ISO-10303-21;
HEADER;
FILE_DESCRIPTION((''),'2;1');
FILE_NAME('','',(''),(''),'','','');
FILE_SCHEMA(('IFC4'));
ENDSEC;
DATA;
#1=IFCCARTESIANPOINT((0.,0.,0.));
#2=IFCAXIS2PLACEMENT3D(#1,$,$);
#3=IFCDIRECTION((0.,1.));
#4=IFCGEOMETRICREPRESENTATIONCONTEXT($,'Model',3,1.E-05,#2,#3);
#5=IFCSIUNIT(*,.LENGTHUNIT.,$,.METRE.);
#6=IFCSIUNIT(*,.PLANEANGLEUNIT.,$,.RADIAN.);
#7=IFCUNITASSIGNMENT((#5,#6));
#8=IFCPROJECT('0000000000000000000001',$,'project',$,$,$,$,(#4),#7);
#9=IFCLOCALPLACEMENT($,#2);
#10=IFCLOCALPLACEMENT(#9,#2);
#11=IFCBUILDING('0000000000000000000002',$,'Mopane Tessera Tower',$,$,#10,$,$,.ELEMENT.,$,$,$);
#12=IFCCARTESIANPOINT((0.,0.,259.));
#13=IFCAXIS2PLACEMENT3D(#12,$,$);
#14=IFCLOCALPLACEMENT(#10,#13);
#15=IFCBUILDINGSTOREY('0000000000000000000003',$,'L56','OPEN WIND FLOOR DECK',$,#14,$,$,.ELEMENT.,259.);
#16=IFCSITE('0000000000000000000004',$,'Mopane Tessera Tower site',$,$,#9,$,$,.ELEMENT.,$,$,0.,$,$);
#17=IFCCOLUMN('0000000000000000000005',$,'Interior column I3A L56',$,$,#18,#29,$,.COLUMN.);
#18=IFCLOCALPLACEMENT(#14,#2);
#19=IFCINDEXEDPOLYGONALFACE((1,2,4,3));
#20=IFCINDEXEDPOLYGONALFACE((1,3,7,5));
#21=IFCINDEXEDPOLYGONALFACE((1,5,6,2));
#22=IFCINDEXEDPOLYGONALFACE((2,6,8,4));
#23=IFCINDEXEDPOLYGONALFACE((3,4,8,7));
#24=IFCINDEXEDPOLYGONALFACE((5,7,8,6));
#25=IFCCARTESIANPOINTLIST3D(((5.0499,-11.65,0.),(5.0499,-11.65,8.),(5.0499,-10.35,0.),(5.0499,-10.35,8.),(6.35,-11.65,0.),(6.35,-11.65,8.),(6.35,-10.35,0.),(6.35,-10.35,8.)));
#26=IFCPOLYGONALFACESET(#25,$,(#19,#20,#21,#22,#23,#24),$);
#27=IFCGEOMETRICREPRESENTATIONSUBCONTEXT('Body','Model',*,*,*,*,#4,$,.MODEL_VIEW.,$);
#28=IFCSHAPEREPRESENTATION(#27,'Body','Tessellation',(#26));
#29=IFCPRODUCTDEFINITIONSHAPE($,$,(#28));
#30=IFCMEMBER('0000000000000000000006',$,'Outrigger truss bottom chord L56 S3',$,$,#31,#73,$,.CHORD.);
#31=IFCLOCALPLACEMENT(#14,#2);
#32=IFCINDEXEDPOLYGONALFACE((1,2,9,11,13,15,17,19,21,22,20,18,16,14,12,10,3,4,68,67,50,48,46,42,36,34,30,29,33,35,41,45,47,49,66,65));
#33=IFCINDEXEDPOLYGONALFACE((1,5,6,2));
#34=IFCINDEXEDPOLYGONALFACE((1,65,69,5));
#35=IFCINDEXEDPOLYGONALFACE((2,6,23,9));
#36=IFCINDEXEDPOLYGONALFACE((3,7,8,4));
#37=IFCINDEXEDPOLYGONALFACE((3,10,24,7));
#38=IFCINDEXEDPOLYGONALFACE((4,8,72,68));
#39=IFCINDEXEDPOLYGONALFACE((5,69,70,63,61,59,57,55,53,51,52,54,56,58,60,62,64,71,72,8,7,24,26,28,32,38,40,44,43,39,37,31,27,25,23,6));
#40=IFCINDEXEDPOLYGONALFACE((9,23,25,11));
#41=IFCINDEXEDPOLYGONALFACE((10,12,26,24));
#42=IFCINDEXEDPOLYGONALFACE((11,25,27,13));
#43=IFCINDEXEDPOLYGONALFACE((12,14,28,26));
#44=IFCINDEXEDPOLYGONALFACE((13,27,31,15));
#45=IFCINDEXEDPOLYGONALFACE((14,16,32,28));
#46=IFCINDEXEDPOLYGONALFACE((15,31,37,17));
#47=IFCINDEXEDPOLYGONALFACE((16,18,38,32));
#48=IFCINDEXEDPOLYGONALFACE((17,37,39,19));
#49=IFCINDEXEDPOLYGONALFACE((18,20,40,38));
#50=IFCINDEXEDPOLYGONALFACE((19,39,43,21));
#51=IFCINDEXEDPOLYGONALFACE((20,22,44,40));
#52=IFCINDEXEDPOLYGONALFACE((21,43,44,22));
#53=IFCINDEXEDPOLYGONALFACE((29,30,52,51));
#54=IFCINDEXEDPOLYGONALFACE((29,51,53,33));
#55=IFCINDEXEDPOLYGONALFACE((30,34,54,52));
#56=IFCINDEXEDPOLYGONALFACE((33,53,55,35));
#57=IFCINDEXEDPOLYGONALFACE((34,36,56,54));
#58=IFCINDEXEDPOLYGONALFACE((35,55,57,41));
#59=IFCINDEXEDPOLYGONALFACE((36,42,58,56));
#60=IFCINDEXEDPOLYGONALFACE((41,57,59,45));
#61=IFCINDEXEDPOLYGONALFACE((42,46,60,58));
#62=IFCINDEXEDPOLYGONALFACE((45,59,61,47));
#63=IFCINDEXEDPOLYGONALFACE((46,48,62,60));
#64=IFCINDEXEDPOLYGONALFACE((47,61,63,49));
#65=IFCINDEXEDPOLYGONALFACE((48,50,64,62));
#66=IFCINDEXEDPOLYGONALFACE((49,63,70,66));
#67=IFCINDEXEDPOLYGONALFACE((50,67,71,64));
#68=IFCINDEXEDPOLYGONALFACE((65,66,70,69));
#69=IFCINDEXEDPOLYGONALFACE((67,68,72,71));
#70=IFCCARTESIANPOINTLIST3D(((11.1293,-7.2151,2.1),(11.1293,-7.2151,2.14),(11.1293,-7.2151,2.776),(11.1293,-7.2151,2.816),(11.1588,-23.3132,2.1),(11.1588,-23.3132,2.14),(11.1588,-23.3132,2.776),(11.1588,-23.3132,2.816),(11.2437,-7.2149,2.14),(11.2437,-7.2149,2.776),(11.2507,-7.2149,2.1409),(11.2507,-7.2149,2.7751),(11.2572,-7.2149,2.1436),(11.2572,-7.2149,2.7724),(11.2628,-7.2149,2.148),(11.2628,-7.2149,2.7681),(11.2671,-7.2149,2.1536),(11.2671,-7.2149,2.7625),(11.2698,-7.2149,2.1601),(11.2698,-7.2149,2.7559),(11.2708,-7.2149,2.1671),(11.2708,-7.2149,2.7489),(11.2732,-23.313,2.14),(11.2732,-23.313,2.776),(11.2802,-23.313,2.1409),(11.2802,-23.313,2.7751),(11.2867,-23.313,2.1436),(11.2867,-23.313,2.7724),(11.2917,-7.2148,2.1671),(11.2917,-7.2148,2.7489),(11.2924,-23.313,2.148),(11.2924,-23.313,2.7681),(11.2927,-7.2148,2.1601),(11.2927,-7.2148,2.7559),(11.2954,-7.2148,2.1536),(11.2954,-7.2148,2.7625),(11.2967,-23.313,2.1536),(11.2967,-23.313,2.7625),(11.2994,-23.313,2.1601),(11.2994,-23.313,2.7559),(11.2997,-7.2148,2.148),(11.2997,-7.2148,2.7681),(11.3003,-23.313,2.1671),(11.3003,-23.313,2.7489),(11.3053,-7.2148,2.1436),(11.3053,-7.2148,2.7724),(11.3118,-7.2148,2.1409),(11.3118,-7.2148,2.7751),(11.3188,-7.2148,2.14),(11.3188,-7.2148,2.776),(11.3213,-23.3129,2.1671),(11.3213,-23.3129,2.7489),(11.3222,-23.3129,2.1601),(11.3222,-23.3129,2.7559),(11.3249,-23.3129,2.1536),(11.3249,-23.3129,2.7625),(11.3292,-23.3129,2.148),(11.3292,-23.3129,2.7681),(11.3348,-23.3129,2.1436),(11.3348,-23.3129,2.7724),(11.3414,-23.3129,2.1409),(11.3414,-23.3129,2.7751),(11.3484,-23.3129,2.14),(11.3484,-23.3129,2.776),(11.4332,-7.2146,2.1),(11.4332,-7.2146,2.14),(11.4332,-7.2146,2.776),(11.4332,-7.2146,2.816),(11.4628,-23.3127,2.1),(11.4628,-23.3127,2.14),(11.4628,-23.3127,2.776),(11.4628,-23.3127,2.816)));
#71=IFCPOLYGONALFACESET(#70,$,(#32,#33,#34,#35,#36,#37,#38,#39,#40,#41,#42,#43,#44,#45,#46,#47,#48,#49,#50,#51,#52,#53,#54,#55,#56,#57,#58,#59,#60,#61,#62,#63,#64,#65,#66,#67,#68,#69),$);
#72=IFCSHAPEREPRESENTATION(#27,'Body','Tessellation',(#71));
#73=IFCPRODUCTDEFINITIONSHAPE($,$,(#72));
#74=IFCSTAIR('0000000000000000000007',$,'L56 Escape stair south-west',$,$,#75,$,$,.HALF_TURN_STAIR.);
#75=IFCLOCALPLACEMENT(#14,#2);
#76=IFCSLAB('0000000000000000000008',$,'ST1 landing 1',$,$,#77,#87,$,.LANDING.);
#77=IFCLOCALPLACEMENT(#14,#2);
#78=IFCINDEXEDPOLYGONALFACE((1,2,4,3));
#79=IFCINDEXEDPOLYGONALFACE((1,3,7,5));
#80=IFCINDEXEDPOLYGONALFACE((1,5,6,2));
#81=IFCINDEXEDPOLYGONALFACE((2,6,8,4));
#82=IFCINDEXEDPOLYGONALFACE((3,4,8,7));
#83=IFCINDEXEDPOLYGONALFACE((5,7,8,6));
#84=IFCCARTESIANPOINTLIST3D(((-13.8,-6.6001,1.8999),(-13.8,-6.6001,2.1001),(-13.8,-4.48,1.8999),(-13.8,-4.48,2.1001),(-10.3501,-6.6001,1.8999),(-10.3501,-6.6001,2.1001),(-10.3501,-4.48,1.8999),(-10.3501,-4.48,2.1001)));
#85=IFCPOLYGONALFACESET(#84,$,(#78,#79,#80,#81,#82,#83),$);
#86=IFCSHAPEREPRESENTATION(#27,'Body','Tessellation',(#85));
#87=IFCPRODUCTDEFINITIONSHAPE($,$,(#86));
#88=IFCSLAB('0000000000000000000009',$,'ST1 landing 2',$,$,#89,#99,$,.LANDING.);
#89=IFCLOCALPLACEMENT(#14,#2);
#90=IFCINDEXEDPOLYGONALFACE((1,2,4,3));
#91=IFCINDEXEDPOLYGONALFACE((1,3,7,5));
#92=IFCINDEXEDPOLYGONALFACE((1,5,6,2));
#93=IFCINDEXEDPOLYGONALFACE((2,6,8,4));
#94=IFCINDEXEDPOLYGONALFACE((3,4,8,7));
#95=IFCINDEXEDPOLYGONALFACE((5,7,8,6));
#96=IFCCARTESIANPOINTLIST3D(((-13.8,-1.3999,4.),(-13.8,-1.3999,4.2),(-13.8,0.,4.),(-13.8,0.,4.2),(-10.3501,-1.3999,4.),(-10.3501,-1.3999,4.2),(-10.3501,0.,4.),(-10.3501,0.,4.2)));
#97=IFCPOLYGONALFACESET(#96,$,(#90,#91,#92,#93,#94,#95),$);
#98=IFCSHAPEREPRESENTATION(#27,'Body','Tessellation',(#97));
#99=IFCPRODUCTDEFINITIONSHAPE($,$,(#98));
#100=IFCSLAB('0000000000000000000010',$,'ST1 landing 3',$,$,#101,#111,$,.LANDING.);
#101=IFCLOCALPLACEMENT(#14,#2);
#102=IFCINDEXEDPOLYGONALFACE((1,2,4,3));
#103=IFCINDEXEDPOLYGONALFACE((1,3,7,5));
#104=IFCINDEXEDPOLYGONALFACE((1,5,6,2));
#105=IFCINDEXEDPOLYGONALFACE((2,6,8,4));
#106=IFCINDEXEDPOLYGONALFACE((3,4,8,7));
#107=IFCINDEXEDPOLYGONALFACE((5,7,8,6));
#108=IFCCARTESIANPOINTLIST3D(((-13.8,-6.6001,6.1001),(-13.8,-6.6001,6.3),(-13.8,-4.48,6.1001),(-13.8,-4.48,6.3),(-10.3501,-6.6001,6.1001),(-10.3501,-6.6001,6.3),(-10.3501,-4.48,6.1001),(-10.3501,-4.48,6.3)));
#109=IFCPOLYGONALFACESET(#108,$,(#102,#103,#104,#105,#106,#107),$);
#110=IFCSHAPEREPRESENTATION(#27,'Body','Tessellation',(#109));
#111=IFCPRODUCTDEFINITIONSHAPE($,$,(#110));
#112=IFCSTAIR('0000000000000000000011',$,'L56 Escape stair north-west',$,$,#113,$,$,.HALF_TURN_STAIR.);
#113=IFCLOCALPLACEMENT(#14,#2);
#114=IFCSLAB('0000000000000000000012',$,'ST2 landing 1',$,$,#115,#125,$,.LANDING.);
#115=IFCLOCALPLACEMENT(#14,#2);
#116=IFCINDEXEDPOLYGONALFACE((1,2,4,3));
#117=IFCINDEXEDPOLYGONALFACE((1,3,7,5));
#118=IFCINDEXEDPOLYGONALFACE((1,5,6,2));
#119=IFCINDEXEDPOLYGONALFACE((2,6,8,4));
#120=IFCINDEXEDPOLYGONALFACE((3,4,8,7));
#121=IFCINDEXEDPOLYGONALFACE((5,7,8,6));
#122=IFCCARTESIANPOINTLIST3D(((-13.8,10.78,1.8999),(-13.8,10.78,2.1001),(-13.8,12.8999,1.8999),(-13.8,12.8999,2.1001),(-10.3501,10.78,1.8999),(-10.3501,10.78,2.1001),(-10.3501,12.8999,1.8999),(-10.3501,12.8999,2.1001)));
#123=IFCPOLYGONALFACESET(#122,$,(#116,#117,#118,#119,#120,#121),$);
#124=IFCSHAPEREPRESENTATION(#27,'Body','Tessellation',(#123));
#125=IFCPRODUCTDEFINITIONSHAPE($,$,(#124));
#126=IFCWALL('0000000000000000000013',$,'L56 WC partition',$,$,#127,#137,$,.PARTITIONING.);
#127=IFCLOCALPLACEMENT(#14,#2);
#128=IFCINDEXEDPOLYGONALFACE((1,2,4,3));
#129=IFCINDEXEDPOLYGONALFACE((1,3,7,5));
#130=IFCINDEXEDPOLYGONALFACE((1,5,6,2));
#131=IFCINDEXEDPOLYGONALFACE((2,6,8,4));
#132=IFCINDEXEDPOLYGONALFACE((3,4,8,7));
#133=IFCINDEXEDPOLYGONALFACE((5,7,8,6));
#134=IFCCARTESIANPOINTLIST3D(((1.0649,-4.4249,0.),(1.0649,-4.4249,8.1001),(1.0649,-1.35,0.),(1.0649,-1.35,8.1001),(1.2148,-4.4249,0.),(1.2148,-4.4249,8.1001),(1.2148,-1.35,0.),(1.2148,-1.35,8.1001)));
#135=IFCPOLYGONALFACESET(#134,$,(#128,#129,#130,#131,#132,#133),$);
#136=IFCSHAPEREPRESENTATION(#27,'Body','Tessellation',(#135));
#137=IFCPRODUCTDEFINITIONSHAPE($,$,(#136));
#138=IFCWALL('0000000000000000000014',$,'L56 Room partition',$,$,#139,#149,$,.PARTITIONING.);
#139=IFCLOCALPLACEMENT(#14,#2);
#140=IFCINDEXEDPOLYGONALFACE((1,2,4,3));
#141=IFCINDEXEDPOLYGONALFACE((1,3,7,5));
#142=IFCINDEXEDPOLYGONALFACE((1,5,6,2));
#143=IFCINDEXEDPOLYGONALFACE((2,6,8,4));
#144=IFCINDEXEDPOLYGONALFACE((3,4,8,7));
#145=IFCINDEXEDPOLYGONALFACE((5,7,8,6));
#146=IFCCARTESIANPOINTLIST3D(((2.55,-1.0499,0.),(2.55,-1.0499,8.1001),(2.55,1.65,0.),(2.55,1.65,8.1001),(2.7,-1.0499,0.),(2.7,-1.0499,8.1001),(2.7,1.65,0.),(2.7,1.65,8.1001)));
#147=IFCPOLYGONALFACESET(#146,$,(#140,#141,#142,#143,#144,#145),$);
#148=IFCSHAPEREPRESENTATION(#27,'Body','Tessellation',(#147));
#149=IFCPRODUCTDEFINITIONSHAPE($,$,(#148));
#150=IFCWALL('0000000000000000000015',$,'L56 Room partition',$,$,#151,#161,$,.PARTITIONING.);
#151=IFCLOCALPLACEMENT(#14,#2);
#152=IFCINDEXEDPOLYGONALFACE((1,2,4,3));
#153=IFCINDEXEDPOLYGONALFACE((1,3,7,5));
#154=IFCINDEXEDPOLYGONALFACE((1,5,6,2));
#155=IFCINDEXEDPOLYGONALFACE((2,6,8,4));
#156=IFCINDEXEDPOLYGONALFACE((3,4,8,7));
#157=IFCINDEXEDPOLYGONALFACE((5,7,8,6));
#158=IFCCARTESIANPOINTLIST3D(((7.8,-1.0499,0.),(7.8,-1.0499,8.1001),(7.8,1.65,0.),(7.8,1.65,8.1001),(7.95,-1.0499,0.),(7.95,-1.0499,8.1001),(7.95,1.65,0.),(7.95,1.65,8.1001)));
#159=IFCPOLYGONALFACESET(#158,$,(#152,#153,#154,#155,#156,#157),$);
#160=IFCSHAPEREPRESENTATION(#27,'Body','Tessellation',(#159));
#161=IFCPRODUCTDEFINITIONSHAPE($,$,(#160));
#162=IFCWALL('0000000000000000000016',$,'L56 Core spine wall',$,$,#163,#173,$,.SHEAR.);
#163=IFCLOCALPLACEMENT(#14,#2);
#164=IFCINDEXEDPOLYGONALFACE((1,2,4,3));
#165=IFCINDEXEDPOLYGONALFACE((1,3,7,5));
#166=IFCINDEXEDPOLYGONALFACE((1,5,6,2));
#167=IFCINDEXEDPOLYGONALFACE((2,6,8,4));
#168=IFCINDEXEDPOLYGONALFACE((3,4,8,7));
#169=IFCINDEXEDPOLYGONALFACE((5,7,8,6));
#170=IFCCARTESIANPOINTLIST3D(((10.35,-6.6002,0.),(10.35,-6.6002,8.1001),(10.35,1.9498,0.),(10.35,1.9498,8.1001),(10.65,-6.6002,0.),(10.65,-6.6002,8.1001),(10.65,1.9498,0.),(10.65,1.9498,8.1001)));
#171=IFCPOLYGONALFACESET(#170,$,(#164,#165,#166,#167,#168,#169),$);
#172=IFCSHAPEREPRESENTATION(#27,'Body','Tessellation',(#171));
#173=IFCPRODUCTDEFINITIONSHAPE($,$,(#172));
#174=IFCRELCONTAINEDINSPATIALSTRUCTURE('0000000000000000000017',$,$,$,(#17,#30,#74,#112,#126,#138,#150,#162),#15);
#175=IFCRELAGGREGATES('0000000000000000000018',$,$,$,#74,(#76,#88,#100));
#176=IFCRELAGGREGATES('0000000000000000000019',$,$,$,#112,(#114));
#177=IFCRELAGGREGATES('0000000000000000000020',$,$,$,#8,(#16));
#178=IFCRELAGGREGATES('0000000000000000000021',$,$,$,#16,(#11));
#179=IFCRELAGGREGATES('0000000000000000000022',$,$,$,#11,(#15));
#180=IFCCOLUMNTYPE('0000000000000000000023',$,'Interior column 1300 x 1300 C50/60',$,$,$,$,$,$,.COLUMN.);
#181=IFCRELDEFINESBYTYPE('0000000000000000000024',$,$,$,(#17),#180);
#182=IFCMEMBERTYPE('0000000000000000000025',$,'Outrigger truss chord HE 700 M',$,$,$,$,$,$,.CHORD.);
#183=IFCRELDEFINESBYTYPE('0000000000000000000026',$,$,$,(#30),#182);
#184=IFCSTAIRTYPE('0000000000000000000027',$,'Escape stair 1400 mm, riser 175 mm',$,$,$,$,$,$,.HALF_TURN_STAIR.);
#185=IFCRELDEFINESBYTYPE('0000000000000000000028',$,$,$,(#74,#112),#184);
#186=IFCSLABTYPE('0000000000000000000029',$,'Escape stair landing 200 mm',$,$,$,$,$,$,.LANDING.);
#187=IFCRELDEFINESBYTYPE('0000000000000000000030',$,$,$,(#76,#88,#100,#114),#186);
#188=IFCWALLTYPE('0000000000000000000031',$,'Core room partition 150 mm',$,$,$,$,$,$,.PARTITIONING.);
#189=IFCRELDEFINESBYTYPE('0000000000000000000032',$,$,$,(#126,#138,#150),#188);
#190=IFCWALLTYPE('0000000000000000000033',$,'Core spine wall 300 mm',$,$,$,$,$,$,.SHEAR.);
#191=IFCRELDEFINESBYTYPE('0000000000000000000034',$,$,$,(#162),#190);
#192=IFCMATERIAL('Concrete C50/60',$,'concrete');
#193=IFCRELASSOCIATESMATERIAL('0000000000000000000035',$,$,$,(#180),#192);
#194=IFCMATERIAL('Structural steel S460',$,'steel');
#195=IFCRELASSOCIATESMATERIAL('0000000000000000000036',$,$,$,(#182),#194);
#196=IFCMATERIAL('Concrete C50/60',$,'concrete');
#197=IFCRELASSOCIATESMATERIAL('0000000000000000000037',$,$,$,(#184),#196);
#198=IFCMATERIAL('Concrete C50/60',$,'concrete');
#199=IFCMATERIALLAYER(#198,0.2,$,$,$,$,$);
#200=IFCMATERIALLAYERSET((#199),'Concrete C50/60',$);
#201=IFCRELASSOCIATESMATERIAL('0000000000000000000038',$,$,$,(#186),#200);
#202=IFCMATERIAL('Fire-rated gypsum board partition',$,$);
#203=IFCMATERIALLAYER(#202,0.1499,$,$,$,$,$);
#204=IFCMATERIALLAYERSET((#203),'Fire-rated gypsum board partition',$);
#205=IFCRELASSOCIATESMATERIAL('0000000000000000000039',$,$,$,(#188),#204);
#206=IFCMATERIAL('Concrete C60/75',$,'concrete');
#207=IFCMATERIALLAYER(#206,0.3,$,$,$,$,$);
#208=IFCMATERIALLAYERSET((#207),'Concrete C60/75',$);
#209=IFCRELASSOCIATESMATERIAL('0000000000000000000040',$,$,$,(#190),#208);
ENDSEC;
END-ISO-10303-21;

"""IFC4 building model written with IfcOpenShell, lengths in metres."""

from ifc_helpers import new_model, si_unit, direction, frame, frame_2d, origin, origin_2d, place, context, subcontext, project, spatial, polyline, rectangle, i_section, outline, extrude, material, layer, layer_set, material_profile, profile_set, type_object, element, aggregate, save


model = new_model("IFC4")

# Units and contexts
model_context = context("Model", 3, precision=1e-05, world=origin(), true_north=direction((0.0, 1.0)))
body_context = subcontext(model_context, "Body", "Model", "MODEL_VIEW")
ifc_project = project(units=[si_unit("LENGTHUNIT", "METRE"), si_unit("PLANEANGLEUNIT", "RADIAN")], contexts=[model_context])

# Site, building, storey
site_placement = place(None, origin())
site = spatial("IfcSite", under=ifc_project, at=site_placement, Name="Mopane Tessera Tower site", CompositionType="ELEMENT", RefElevation=0.0)
building_placement = place(site_placement, origin())
building = spatial("IfcBuilding", under=site, at=building_placement, Name="Mopane Tessera Tower", CompositionType="ELEMENT")
storey_placement = place(building_placement, frame((0.0, 0.0, 259.0)))
storey = spatial("IfcBuildingStorey", under=building, at=storey_placement, Name="L56", Description="OPEN WIND FLOOR DECK", CompositionType="ELEMENT", Elevation=259.0)

# Column
ifc_material_1 = material(Name="Concrete C50/60", Category="concrete")
ifc_material_profile_1 = material_profile(ifc_material_1, rectangle(XDim=1.3, YDim=1.3, at=origin_2d()))
ifc_profile_set_1 = profile_set([ifc_material_profile_1], Name="Concrete C50/60")
column_type = type_object("IfcColumnType", Name="Interior column 1300 x 1300 C50/60", PredefinedType="COLUMN", material=ifc_profile_set_1)
column_placement = place(storey_placement, frame((5.7, -11.0, 0.0), z_axis=(0.0, 0.0, 1.0), x_axis=(1.0, 0.0, 0.0)))
element("IfcColumn", 1, at=column_placement, inside=storey, type_object=column_type, Name="Interior column I3A L56", PredefinedType="COLUMN", context=body_context, shape_type="SweptSolid", body=[
    extrude(rectangle(XDim=1.3, YDim=1.3, at=origin_2d()), origin(), (0.0, 0.0, 1.0), 8.0),
])

# Member
ifc_material_2 = material(Name="Structural steel S460", Category="steel")
ifc_material_profile_2 = material_profile(ifc_material_2, i_section(OverallWidth=0.304, OverallDepth=0.7161, WebThickness=0.021, FlangeThickness=0.04, FilletRadius=0.0271, at=origin_2d()))
ifc_profile_set_2 = profile_set([ifc_material_profile_2], Name="Structural steel S460")
member_type = type_object("IfcMemberType", Name="Outrigger truss chord HE 700 M", PredefinedType="CHORD", material=ifc_profile_set_2)
member_placement = place(storey_placement, frame((11.2812, -7.2148, 2.458), z_axis=(0.001835, -0.999998, 0.0), x_axis=(0.999998, 0.001835, 0.0)))
element("IfcMember", 2, at=member_placement, inside=storey, type_object=member_type, Name="Outrigger truss bottom chord L56 S3", PredefinedType="CHORD", context=body_context, shape_type="SweptSolid", body=[
    extrude(i_section(OverallWidth=0.304, OverallDepth=0.7161, WebThickness=0.021, FlangeThickness=0.04, FilletRadius=0.0271, at=origin_2d()), origin(), (0.0, 0.0, 1.0), 16.0981),
])

# Stair, slabs
ifc_material_3 = material(Name="Concrete C50/60", Category="concrete")
stair_type = type_object("IfcStairType", Name="Escape stair 1400 mm, riser 175 mm", PredefinedType="HALF_TURN_STAIR", material=ifc_material_3)
stair_1_placement = place(storey_placement, origin())
stair_1 = element("IfcStair", 3, at=stair_1_placement, inside=storey, type_object=stair_type, Name="L56 Escape stair south-west", PredefinedType="HALF_TURN_STAIR")
ifc_material_4 = material(Name="Concrete C50/60", Category="concrete")
ifc_layer_1 = layer(ifc_material_4, 0.2)
ifc_layer_set_1 = layer_set([ifc_layer_1], Name="Concrete C50/60")
slab_type = type_object("IfcSlabType", Name="Escape stair landing 200 mm", PredefinedType="LANDING", material=ifc_layer_set_1)
slab_1_placement = place(storey_placement, frame((0.0, 0.0, 1.8999)))
slab_1 = element("IfcSlab", 4, at=slab_1_placement, type_object=slab_type, Name="ST1 landing 1", PredefinedType="LANDING", context=body_context, shape_type="SweptSolid", body=[
    extrude(outline(polyline([(-13.8, -4.48), (-13.8, -6.6001), (-10.3501, -6.6001), (-10.3501, -4.48), (-13.8, -4.48)])), origin(), (0.0, 0.0, 1.0), 0.2002),
])
slab_2_placement = place(storey_placement, frame((0.0, 0.0, 4.0)))
slab_2 = element("IfcSlab", 5, at=slab_2_placement, type_object=slab_type, Name="ST1 landing 2", PredefinedType="LANDING", context=body_context, shape_type="SweptSolid", body=[
    extrude(outline(polyline([(-13.8, 0.0), (-13.8, -1.3999), (-10.3501, -1.3999), (-10.3501, 0.0), (-13.8, 0.0)])), origin(), (0.0, 0.0, 1.0), 0.2),
])
slab_3_placement = place(storey_placement, frame((0.0, 0.0, 6.1001)))
slab_3 = element("IfcSlab", 6, at=slab_3_placement, type_object=slab_type, Name="ST1 landing 3", PredefinedType="LANDING", context=body_context, shape_type="SweptSolid", body=[
    extrude(outline(polyline([(-13.8, -4.48), (-13.8, -6.6001), (-10.3501, -6.6001), (-10.3501, -4.48), (-13.8, -4.48)])), origin(), (0.0, 0.0, 1.0), 0.2),
])
aggregate(stair_1, [slab_1, slab_2, slab_3])

# Stair, slab
stair_2_placement = place(storey_placement, origin())
stair_2 = element("IfcStair", 7, at=stair_2_placement, inside=storey, type_object=stair_type, Name="L56 Escape stair north-west", PredefinedType="HALF_TURN_STAIR")
slab_4_placement = place(storey_placement, frame((0.0, 0.0, 1.8999)))
slab_4 = element("IfcSlab", 8, at=slab_4_placement, type_object=slab_type, Name="ST2 landing 1", PredefinedType="LANDING", context=body_context, shape_type="SweptSolid", body=[
    extrude(outline(polyline([(-10.3501, 10.78), (-10.3501, 12.8999), (-13.8, 12.8999), (-13.8, 10.78), (-10.3501, 10.78)])), origin(), (0.0, 0.0, 1.0), 0.2002),
])
aggregate(stair_2, [slab_4])

# Walls
ifc_material_5 = material(Name="Fire-rated gypsum board partition")
ifc_layer_2 = layer(ifc_material_5, 0.1499)
ifc_layer_set_2 = layer_set([ifc_layer_2], Name="Fire-rated gypsum board partition")
wall_type_1 = type_object("IfcWallType", Name="Core room partition 150 mm", PredefinedType="PARTITIONING", material=ifc_layer_set_2)
wall_1_placement = place(storey_placement, frame((1.1399, -4.425, 0.0), z_axis=(0.0, 0.0, 1.0), x_axis=(0.0, 1.0, 0.0)))
element("IfcWall", 9, at=wall_1_placement, inside=storey, type_object=wall_type_1, Name="L56 WC partition", PredefinedType="PARTITIONING", context=body_context, shape_type="SweptSolid", body=[
    extrude(rectangle(XDim=3.075, YDim=0.1499, at=frame_2d((1.5376, 0.0))), origin(), (0.0, 0.0, 1.0), 8.1001),
])
for number, where, z_axis, x_axis, name in (
    (10, (2.625, -1.05, 0.0), (0.0, 0.0, 1.0), (0.0, 1.0, 0.0), "L56 Room partition"),
    (11, (7.875, -1.05, 0.0), (0.0, 0.0, 1.0), (0.0, 1.0, 0.0), "L56 Room partition"),
):
    element("IfcWall", number, at=place(storey_placement, frame(where, z_axis=z_axis, x_axis=x_axis)), inside=storey, type_object=wall_type_1, Name=name, PredefinedType="PARTITIONING", context=body_context, shape_type="SweptSolid", body=[
        extrude(rectangle(XDim=2.7, YDim=0.1499, at=frame_2d((1.3501, 0.0))), origin(), (0.0, 0.0, 1.0), 8.1001),
    ])
ifc_material_6 = material(Name="Concrete C60/75", Category="concrete")
ifc_layer_3 = layer(ifc_material_6, 0.3)
ifc_layer_set_3 = layer_set([ifc_layer_3], Name="Concrete C60/75")
wall_type_2 = type_object("IfcWallType", Name="Core spine wall 300 mm", PredefinedType="SHEAR", material=ifc_layer_set_3)
wall_2_placement = place(storey_placement, frame((10.5, -6.6001, 0.0), z_axis=(0.0, 0.0, 1.0), x_axis=(0.0, 1.0, 0.0)))
element("IfcWall", 12, at=wall_2_placement, inside=storey, type_object=wall_type_2, Name="L56 Core spine wall", PredefinedType="SHEAR", context=body_context, shape_type="SweptSolid", body=[
    extrude(rectangle(XDim=8.55, YDim=0.3, at=frame_2d((4.2749, 0.0))), origin(), (0.0, 0.0, 1.0), 8.1001),
])

save(model, "model.ifc")
